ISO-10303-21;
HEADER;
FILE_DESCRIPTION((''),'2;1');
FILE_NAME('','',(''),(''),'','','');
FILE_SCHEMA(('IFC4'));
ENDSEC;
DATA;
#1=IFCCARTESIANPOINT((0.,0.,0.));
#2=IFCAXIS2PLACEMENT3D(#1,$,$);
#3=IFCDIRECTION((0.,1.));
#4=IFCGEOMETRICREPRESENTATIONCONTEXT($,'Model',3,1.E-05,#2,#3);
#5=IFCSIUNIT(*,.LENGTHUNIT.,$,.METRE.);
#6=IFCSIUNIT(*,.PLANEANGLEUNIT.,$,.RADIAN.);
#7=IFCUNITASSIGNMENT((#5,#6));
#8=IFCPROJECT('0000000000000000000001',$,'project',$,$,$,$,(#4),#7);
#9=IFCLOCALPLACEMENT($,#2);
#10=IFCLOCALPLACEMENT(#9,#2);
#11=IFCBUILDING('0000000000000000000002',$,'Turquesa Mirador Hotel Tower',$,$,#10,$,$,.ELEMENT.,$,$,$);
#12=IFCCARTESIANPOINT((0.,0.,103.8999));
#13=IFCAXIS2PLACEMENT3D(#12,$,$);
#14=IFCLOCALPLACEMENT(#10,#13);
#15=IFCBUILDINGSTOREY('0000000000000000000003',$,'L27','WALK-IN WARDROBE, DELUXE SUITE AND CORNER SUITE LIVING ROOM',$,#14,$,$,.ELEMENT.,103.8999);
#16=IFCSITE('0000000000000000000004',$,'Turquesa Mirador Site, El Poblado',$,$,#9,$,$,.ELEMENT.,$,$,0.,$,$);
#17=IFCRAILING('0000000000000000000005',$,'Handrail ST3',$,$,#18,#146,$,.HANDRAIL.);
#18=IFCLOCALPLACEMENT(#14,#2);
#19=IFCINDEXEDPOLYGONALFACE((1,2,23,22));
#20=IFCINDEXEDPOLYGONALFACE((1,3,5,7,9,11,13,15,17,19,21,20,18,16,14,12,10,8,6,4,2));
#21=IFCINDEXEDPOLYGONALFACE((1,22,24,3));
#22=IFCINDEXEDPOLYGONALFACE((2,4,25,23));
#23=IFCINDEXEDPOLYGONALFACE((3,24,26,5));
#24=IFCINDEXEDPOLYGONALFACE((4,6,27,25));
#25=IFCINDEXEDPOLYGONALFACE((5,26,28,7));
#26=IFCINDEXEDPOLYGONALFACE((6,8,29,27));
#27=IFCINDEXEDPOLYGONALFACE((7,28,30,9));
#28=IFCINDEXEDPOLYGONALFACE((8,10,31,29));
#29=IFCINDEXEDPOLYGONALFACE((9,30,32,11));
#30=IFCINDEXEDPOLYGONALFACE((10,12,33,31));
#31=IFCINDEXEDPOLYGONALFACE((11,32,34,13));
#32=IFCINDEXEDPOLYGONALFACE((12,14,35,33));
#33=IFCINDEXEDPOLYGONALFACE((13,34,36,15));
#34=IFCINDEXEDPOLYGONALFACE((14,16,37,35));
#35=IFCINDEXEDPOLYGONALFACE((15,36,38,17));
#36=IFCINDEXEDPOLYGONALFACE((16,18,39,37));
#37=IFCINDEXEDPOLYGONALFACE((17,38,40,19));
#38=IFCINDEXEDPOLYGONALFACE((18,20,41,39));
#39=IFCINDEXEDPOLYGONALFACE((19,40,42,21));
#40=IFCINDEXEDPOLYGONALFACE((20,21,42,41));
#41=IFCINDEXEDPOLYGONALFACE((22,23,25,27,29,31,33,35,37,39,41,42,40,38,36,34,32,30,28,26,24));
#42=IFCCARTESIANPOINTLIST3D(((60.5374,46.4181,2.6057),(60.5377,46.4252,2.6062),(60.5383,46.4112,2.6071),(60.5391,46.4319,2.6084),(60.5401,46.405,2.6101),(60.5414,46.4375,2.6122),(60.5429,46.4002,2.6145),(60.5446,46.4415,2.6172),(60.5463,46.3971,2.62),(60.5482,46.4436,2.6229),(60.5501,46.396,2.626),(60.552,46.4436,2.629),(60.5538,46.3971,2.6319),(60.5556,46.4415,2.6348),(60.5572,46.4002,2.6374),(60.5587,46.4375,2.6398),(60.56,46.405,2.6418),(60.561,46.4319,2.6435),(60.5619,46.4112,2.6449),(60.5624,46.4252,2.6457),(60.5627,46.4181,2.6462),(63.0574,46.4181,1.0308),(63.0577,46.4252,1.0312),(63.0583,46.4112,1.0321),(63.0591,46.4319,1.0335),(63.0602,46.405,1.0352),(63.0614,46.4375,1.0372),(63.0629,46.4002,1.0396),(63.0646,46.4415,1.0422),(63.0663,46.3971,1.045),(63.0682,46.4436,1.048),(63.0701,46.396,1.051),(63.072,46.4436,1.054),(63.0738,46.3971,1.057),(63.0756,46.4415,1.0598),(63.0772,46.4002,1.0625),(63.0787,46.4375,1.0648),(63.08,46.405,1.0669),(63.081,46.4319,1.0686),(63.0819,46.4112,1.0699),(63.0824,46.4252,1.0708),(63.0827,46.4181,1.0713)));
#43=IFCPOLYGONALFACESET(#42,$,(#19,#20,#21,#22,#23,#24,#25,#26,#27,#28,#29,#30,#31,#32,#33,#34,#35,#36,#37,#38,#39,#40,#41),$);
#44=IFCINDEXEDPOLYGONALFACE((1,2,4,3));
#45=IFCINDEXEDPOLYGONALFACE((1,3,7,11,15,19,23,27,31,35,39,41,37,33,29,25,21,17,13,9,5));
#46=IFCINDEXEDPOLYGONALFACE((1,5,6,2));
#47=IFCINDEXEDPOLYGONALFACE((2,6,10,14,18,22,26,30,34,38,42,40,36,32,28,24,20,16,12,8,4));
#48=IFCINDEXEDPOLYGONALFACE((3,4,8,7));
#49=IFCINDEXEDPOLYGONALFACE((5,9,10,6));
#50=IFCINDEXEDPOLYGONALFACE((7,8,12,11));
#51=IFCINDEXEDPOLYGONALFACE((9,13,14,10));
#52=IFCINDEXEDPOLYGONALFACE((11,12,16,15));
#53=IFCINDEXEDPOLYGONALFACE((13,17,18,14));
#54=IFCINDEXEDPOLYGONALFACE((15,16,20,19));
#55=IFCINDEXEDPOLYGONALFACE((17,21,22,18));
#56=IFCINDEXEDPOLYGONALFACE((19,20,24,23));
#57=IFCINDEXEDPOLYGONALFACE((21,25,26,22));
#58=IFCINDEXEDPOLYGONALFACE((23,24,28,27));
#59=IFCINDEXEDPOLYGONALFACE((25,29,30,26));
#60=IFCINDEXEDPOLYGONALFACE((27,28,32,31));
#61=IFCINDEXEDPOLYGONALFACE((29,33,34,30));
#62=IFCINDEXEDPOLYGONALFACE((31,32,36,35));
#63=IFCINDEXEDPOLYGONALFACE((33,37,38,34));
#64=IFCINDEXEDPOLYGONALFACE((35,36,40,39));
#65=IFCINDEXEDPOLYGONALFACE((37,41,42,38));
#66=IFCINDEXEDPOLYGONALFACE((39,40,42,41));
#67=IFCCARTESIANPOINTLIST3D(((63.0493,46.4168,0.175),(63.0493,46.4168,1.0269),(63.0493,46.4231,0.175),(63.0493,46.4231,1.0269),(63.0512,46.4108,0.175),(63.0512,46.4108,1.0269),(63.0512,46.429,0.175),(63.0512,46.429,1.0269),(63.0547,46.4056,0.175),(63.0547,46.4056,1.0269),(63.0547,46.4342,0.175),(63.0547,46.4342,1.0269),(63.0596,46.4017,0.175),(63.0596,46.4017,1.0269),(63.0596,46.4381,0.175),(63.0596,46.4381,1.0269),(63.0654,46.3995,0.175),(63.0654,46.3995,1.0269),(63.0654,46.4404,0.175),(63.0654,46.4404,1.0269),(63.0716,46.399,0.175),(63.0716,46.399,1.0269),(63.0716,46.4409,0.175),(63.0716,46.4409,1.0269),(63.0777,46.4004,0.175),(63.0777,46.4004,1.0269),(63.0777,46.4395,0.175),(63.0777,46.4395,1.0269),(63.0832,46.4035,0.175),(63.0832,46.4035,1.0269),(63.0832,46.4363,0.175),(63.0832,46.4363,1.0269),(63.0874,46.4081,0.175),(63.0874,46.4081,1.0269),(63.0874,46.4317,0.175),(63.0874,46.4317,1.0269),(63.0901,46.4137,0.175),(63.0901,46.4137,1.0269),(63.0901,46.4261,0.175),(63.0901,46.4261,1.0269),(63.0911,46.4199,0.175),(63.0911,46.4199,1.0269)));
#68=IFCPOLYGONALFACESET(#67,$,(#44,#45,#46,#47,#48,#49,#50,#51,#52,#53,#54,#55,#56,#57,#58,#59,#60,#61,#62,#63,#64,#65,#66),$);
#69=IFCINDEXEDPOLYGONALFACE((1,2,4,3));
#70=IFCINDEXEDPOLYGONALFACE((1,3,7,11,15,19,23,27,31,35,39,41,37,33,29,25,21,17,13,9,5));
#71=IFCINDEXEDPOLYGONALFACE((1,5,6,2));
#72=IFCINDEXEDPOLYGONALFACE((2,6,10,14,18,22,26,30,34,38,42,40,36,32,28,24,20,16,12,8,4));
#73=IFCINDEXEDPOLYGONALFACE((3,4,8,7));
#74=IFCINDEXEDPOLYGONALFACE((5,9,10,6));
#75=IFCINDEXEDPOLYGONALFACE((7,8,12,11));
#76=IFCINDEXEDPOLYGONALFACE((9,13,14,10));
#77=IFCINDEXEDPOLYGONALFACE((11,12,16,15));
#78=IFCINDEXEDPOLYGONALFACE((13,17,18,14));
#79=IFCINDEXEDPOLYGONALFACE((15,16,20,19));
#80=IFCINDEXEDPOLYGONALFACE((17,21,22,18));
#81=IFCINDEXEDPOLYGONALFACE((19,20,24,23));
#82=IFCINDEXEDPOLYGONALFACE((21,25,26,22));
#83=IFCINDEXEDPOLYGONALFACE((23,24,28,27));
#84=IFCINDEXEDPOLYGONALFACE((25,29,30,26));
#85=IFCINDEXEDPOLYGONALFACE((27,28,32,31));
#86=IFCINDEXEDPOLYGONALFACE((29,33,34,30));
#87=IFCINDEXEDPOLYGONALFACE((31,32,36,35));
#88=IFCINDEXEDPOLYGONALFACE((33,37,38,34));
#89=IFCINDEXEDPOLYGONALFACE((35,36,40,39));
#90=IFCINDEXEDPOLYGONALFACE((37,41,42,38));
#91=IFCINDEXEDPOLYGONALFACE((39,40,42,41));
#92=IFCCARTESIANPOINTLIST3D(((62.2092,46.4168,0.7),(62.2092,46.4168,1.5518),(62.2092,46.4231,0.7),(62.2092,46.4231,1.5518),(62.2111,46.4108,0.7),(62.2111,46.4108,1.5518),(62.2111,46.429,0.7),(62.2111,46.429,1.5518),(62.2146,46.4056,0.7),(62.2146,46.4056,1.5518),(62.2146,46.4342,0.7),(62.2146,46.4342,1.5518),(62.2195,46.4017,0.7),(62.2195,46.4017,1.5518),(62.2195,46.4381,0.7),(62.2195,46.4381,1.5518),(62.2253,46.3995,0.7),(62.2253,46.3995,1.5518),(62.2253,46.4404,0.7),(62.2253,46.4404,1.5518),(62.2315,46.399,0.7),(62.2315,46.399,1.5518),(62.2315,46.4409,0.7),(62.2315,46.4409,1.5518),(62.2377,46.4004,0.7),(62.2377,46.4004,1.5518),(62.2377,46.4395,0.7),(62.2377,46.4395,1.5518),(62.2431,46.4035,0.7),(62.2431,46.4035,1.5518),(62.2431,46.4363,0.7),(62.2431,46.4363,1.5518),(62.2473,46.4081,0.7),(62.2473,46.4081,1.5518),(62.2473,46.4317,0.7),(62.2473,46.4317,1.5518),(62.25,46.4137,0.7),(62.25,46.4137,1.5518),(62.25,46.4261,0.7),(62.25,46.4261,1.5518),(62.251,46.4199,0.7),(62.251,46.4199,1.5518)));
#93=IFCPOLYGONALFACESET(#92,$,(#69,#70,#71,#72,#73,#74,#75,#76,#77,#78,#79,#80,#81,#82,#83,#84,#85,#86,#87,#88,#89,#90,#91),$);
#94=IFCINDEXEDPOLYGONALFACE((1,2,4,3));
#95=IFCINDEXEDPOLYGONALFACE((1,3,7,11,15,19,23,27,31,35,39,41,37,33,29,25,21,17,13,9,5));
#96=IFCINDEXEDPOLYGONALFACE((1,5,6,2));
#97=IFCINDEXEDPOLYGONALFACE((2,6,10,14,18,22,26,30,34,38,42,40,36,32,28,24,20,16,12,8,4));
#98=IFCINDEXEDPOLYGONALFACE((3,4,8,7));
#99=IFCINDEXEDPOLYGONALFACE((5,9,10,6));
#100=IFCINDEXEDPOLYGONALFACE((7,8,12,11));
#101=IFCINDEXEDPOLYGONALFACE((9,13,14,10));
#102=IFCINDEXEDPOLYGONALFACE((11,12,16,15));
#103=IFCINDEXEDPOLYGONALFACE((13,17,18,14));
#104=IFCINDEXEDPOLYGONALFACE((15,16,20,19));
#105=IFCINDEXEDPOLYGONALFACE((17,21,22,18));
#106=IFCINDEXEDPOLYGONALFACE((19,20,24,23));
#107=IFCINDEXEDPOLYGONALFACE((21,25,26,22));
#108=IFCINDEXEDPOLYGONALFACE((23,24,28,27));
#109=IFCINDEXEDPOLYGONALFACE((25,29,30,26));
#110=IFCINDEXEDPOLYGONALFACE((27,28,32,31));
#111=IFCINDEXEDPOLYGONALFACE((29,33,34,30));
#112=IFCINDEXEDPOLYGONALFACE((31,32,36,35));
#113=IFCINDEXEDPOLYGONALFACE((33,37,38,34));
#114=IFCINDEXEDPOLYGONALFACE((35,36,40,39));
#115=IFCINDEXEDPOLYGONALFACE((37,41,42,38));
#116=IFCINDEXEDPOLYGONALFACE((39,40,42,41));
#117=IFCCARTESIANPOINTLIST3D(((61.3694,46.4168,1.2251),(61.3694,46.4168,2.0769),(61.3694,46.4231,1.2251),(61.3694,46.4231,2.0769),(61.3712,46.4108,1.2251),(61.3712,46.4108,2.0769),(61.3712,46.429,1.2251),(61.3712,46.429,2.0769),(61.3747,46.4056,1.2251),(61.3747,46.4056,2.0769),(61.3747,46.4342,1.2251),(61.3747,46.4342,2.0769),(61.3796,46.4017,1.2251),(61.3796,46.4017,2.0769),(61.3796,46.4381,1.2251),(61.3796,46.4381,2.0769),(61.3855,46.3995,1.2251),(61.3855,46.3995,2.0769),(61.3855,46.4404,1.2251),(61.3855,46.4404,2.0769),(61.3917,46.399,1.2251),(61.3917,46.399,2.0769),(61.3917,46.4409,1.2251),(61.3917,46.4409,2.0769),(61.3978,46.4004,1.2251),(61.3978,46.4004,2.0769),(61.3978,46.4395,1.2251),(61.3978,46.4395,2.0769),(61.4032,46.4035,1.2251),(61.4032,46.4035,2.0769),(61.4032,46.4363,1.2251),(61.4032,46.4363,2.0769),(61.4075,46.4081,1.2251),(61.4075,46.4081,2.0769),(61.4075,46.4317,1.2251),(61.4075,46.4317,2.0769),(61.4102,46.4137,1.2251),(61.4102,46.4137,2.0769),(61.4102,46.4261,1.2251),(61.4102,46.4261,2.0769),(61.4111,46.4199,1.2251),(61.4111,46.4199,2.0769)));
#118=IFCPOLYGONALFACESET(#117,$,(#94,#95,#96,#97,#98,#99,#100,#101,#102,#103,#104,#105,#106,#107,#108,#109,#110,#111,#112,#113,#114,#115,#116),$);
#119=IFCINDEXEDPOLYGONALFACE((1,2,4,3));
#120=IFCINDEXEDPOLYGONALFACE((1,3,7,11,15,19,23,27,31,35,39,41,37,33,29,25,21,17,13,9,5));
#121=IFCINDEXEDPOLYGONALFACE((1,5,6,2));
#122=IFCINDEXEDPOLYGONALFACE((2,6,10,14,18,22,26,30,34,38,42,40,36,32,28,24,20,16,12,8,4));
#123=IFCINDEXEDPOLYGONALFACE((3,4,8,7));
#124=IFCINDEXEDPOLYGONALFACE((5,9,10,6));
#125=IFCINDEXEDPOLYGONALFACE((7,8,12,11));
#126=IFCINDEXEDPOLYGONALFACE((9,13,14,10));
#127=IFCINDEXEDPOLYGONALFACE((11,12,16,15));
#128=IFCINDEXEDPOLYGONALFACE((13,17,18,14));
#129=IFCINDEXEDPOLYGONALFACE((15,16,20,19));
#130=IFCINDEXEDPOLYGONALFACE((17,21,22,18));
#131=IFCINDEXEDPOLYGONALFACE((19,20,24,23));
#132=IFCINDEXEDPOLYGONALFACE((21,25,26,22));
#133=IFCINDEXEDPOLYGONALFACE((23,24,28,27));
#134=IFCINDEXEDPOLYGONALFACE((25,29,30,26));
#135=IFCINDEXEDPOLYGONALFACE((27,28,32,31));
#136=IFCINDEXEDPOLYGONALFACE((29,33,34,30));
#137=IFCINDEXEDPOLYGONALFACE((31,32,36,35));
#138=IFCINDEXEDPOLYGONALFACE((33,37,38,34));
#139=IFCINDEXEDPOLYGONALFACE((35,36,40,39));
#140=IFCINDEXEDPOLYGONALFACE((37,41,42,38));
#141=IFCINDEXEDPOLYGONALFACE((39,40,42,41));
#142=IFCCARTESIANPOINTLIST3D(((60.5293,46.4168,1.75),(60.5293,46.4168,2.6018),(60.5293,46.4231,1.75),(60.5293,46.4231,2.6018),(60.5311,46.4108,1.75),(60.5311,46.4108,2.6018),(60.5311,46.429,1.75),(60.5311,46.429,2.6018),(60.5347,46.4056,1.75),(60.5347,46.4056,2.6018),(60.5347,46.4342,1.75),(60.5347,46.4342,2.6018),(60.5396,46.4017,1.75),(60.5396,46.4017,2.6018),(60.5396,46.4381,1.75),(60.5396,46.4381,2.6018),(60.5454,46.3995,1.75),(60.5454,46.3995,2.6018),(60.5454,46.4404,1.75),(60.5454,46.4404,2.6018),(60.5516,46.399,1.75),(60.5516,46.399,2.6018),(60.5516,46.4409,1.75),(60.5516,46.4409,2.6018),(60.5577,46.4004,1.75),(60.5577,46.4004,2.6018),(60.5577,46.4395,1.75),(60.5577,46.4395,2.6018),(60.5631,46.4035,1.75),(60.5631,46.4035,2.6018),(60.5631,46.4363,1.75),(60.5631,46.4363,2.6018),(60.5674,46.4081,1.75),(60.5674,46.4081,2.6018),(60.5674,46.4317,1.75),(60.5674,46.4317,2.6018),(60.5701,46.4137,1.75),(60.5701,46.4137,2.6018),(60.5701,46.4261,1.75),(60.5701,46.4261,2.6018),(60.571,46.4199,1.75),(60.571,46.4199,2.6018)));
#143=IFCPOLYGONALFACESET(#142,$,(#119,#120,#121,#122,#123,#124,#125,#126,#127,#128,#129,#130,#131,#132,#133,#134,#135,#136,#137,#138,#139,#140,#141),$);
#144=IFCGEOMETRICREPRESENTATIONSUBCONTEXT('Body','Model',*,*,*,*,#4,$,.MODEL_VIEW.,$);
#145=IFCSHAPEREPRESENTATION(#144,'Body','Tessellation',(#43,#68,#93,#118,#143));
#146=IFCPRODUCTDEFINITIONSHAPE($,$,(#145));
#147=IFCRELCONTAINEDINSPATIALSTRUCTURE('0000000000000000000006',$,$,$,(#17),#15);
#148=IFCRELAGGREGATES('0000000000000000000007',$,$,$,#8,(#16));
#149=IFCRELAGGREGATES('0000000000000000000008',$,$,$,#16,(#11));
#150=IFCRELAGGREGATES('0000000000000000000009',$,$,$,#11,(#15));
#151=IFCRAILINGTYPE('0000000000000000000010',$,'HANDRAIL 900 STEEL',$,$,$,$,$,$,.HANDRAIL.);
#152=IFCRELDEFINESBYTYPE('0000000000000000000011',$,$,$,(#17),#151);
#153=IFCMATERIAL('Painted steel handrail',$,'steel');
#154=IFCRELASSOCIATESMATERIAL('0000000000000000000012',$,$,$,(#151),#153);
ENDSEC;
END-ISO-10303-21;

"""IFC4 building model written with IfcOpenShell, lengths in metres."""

from ifc_helpers import new_model, si_unit, direction, frame, origin, origin_2d, place, context, subcontext, project, spatial, circle, extrude, material, type_object, element, save


model = new_model("IFC4")

# Units and contexts
model_context = context("Model", 3, precision=1e-05, world=origin(), true_north=direction((0.0, 1.0)))
body_context = subcontext(model_context, "Body", "Model", "MODEL_VIEW")
ifc_project = project(units=[si_unit("LENGTHUNIT", "METRE"), si_unit("PLANEANGLEUNIT", "RADIAN")], contexts=[model_context])

# Site, building, storey
site_placement = place(None, origin())
site = spatial("IfcSite", under=ifc_project, at=site_placement, Name="Turquesa Mirador Site, El Poblado", CompositionType="ELEMENT", RefElevation=0.0)
building_placement = place(site_placement, origin())
building = spatial("IfcBuilding", under=site, at=building_placement, Name="Turquesa Mirador Hotel Tower", CompositionType="ELEMENT")
storey_placement = place(building_placement, frame((0.0, 0.0, 103.8999)))
storey = spatial("IfcBuildingStorey", under=building, at=storey_placement, Name="L27", Description="WALK-IN WARDROBE, DELUXE SUITE AND CORNER SUITE LIVING ROOM", CompositionType="ELEMENT", Elevation=103.8999)

# Railing
ifc_material_1 = material(Name="Painted steel handrail", Category="steel")
railing_type = type_object("IfcRailingType", Name="HANDRAIL 900 STEEL", PredefinedType="HANDRAIL", material=ifc_material_1)
railing_1_placement = place(storey_placement, frame((63.0701, 46.4199, 0.175)))
element("IfcRailing", 1, at=railing_1_placement, inside=storey, type_object=railing_type, Name="Handrail ST3", PredefinedType="HANDRAIL", context=body_context, shape_type="SweptSolid", body=[
    extrude(circle(Radius=0.0239, at=origin_2d()), frame((0.0, 0.0, 0.876), z_axis=(-0.848008, 0.0, 0.529984), x_axis=(0.0, -1.0, 0.0)), (0.0, 0.0, 1.0), 2.9717),
    extrude(circle(Radius=0.021, at=origin_2d()), origin(), (0.0, 0.0, 1.0), 0.8518),
    extrude(circle(Radius=0.021, at=origin_2d()), frame((-0.8401, 0.0, 0.5249)), (0.0, 0.0, 1.0), 0.8518),
    extrude(circle(Radius=0.021, at=origin_2d()), frame((-1.6799, 0.0, 1.05)), (0.0, 0.0, 1.0), 0.8518),
    extrude(circle(Radius=0.021, at=origin_2d()), frame((-2.52, 0.0, 1.575)), (0.0, 0.0, 1.0), 0.8518),
])

save(model, "model.ifc")
